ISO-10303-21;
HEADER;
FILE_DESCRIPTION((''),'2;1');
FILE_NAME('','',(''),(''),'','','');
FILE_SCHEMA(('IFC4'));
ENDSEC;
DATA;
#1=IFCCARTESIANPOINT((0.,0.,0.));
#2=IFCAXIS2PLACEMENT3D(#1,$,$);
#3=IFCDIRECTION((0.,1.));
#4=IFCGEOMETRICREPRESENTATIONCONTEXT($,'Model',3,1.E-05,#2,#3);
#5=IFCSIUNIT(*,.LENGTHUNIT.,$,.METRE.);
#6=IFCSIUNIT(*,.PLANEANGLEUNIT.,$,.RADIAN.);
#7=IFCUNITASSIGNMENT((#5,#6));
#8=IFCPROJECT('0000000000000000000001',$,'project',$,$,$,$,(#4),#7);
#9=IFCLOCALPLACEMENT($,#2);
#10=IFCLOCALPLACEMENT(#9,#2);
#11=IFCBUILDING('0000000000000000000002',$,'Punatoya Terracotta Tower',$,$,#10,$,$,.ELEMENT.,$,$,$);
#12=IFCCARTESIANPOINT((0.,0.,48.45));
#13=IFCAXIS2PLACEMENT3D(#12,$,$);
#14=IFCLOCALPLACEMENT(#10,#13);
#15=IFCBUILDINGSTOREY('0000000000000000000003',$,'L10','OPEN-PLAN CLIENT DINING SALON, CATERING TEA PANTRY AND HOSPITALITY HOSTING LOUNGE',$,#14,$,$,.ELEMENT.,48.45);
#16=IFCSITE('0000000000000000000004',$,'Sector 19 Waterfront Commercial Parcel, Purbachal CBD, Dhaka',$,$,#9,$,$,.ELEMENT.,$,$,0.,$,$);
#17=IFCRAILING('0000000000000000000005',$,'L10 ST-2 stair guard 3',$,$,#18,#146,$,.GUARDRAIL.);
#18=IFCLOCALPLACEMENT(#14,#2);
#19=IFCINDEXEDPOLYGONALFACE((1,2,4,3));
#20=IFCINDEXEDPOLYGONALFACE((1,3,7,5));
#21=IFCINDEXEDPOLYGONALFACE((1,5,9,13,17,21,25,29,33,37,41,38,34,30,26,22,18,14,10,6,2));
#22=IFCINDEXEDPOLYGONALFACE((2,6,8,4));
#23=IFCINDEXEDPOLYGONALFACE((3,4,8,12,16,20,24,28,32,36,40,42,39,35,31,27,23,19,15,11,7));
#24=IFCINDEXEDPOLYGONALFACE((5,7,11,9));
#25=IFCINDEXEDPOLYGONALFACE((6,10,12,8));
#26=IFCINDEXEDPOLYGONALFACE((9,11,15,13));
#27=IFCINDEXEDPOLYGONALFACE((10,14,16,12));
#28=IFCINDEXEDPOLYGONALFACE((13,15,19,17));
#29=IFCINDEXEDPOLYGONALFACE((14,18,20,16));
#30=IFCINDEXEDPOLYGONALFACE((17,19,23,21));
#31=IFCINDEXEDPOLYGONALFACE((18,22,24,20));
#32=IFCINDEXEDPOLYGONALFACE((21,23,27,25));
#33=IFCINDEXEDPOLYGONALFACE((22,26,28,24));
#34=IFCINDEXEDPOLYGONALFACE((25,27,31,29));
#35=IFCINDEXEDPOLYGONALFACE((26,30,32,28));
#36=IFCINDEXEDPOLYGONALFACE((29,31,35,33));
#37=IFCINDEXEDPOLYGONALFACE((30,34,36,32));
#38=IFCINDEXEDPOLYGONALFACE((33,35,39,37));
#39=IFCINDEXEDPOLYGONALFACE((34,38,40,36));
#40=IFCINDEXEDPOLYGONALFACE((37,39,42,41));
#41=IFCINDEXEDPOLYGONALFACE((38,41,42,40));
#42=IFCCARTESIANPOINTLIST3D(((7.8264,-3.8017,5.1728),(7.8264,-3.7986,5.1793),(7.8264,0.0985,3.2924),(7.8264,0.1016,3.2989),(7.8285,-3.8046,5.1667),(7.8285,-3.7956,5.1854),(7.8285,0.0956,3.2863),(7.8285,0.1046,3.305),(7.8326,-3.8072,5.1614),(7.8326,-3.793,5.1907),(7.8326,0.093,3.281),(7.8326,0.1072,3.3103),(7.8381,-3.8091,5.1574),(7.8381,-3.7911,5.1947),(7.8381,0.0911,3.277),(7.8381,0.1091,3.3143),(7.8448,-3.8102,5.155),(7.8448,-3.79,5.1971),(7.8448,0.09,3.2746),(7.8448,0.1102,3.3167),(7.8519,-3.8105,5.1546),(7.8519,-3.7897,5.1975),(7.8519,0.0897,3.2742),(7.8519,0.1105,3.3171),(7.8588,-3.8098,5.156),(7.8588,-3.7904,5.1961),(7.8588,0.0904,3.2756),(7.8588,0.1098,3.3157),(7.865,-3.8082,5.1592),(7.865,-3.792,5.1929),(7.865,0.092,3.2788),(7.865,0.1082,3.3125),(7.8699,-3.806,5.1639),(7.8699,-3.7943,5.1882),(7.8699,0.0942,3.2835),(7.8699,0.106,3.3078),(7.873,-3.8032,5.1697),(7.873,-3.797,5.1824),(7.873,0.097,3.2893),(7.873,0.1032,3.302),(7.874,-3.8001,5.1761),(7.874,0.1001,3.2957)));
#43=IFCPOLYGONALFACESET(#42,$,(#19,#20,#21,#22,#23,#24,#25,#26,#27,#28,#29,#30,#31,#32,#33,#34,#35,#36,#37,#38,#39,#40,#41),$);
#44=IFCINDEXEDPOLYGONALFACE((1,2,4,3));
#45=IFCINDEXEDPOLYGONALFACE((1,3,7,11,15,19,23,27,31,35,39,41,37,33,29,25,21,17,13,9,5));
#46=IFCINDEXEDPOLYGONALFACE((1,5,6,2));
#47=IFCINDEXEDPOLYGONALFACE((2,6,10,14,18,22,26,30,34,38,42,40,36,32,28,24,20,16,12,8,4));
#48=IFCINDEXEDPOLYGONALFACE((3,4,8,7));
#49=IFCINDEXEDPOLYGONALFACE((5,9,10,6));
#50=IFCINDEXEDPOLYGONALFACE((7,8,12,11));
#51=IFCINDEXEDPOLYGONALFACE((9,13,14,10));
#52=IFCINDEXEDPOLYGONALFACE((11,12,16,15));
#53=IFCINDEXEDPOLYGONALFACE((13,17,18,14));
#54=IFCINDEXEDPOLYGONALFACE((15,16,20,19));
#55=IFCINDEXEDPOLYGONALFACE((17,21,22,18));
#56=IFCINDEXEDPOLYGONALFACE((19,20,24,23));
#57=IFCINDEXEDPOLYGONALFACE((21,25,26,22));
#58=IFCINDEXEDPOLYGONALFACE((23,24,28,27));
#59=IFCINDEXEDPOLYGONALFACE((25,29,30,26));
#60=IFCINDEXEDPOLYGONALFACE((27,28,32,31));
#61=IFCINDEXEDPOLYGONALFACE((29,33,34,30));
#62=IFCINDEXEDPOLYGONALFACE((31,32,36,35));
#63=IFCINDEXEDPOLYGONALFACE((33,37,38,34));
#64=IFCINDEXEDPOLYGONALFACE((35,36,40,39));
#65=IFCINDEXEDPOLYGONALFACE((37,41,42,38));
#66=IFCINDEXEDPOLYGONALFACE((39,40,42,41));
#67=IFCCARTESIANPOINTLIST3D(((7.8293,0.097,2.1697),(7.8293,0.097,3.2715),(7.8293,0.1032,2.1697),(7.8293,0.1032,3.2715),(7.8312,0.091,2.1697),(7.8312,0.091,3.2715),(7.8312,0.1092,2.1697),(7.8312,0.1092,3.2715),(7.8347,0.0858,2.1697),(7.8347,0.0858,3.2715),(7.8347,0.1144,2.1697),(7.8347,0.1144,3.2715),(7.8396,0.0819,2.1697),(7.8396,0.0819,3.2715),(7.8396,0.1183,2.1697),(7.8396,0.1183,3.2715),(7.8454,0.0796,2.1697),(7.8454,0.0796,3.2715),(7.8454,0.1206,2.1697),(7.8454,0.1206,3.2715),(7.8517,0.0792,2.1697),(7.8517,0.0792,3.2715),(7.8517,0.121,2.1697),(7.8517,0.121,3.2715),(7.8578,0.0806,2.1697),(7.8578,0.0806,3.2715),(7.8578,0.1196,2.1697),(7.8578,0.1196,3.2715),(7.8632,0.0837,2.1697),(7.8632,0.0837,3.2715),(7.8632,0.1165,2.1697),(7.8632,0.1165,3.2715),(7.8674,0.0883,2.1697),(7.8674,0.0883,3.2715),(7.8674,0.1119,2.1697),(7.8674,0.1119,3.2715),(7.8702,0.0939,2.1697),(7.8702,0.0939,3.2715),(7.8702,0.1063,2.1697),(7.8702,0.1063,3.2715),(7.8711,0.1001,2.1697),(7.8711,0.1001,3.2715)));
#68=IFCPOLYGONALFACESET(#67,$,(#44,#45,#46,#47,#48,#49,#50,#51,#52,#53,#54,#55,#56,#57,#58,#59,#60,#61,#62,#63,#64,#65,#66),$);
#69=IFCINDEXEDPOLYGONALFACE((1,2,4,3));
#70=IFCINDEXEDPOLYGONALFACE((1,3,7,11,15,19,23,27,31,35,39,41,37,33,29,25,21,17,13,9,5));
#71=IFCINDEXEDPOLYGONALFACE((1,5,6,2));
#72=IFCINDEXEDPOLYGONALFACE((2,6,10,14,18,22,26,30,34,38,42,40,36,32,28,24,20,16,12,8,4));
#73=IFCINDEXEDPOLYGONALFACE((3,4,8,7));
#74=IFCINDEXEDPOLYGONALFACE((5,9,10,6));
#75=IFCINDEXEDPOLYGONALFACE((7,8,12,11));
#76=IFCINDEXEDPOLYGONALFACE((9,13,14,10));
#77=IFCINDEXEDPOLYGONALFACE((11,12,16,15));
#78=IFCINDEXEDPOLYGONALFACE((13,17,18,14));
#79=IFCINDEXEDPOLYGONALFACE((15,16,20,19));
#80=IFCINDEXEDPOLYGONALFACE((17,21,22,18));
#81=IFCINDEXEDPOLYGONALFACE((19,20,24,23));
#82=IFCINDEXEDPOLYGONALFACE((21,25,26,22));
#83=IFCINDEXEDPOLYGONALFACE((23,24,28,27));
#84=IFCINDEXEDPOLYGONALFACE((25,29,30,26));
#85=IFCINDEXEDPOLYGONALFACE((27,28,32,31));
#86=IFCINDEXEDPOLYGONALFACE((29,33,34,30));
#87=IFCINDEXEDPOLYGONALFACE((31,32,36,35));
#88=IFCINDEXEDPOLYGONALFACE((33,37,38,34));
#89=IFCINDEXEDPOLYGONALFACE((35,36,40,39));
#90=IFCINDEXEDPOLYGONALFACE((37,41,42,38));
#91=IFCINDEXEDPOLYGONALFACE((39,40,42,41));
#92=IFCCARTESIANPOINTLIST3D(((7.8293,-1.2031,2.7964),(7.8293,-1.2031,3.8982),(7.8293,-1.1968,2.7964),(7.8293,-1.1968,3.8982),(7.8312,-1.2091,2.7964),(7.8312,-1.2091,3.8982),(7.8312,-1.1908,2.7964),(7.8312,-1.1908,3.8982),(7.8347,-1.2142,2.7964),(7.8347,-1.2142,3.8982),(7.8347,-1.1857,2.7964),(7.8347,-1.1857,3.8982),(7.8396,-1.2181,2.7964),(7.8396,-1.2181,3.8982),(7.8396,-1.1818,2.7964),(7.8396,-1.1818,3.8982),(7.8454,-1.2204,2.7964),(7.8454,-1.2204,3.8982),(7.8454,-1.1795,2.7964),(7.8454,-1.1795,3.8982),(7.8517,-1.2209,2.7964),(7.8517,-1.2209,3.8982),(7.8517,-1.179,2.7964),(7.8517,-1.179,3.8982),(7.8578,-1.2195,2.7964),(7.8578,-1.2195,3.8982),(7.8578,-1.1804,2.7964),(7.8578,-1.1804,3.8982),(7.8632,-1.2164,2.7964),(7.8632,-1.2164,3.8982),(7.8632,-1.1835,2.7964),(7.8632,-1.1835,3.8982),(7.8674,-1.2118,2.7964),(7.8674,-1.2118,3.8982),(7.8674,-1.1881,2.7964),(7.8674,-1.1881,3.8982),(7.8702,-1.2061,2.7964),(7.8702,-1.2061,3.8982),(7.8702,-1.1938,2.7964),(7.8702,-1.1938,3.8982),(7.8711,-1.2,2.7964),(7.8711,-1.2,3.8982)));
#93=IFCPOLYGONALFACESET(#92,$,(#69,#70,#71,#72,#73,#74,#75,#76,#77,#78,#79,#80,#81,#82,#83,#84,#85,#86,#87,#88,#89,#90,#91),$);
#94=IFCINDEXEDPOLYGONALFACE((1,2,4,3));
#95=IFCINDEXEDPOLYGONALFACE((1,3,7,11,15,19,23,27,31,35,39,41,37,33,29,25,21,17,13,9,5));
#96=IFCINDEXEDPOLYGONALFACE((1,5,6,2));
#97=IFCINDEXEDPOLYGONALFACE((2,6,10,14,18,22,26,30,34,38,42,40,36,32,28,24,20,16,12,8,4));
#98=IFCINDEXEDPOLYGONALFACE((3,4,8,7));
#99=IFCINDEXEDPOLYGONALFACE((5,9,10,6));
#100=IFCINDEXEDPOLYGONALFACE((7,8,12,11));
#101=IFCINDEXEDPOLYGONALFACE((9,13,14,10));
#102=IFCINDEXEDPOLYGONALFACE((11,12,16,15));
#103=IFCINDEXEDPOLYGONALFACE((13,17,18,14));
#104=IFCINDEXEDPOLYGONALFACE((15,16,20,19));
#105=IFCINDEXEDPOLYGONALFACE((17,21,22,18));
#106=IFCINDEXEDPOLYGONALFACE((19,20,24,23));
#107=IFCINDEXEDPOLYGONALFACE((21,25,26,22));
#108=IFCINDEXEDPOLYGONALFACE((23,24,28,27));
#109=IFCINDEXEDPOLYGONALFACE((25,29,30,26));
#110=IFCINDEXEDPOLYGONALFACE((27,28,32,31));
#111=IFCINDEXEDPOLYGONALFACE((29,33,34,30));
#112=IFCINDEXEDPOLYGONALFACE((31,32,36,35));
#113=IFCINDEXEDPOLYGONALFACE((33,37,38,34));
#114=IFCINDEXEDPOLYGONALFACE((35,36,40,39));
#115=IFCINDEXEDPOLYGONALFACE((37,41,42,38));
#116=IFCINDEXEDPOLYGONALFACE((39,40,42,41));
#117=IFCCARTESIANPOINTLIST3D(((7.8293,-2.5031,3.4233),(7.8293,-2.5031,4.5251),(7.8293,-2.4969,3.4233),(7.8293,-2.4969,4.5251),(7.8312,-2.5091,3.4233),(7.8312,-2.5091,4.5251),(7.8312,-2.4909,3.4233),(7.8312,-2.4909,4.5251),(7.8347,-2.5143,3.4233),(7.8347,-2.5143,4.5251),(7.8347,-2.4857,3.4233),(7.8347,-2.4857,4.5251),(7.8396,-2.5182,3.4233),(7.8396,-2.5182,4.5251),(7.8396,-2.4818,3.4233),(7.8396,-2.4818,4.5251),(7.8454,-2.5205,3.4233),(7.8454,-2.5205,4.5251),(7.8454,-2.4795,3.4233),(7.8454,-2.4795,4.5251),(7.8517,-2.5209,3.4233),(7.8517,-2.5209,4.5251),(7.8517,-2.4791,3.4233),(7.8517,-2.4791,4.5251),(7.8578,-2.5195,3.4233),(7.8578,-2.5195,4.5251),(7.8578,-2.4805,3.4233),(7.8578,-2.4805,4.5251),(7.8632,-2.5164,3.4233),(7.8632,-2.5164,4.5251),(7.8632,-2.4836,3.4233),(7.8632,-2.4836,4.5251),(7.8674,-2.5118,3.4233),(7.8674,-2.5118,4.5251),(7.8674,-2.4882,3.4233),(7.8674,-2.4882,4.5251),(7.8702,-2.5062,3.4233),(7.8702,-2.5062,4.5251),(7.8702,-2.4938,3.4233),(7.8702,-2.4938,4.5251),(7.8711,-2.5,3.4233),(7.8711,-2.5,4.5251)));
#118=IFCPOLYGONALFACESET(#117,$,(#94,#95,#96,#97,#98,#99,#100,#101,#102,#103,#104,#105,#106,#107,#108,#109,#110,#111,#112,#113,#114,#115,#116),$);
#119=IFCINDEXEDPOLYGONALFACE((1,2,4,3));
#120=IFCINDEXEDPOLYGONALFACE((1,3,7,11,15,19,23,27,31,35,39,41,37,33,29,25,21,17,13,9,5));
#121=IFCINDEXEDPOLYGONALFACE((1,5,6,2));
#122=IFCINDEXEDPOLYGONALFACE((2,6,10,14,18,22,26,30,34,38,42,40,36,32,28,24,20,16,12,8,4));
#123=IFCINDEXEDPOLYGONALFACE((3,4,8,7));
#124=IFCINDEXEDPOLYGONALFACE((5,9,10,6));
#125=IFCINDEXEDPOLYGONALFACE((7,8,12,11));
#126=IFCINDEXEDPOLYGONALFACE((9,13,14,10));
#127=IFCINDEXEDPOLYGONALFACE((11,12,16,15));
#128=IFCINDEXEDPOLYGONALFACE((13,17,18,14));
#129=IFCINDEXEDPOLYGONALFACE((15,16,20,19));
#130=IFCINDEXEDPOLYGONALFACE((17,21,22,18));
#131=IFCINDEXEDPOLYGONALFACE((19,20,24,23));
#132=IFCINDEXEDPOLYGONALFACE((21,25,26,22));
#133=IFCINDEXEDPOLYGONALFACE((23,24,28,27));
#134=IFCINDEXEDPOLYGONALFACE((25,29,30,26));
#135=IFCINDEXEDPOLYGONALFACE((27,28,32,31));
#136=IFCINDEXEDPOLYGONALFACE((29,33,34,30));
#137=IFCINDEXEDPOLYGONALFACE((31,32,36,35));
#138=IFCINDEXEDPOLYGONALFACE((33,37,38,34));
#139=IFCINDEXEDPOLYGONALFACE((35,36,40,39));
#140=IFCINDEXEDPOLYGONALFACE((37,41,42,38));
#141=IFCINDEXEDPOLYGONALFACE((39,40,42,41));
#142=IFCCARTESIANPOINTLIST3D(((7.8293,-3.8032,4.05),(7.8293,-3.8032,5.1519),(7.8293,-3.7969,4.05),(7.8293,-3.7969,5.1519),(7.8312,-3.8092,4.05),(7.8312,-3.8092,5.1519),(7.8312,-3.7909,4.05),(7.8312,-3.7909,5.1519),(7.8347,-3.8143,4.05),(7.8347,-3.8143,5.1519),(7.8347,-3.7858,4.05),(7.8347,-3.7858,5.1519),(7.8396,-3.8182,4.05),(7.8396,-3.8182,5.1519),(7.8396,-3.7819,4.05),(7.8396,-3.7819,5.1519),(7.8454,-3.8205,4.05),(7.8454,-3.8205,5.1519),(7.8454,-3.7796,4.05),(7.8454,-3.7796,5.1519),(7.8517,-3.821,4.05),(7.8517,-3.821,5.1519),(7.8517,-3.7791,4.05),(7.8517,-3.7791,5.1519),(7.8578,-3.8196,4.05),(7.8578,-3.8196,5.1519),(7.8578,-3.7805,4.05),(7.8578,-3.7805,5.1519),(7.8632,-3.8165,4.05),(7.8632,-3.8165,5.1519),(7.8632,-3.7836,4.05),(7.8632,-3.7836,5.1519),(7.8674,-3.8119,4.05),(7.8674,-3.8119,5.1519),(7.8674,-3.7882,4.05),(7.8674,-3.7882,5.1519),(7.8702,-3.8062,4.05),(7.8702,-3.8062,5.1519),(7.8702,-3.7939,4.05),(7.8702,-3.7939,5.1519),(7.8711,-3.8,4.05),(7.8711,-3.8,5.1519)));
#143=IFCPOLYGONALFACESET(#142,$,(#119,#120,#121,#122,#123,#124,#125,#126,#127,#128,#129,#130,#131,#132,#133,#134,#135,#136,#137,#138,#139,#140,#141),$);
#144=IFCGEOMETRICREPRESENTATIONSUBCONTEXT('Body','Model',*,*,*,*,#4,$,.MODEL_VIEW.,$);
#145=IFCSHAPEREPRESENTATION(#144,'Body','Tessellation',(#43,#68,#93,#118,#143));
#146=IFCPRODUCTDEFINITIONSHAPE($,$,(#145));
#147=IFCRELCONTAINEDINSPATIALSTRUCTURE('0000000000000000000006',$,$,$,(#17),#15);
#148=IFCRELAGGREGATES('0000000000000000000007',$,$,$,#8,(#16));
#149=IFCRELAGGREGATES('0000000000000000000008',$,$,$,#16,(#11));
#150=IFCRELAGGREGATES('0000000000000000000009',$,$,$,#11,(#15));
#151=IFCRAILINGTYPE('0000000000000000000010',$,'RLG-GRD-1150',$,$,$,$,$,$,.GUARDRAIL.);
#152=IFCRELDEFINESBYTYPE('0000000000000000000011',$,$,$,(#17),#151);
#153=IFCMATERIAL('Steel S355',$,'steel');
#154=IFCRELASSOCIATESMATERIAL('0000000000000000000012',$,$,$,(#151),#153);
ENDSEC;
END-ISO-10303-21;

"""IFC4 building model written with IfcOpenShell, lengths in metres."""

from ifc_helpers import new_model, si_unit, direction, frame, origin, origin_2d, place, context, subcontext, project, spatial, circle, extrude, material, type_object, element, save


model = new_model("IFC4")

# Units and contexts
model_context = context("Model", 3, precision=1e-05, world=origin(), true_north=direction((0.0, 1.0)))
body_context = subcontext(model_context, "Body", "Model", "MODEL_VIEW")
ifc_project = project(units=[si_unit("LENGTHUNIT", "METRE"), si_unit("PLANEANGLEUNIT", "RADIAN")], contexts=[model_context])

# Site, building, storey
site_placement = place(None, origin())
site = spatial("IfcSite", under=ifc_project, at=site_placement, Name="Sector 19 Waterfront Commercial Parcel, Purbachal CBD, Dhaka", CompositionType="ELEMENT", RefElevation=0.0)
building_placement = place(site_placement, origin())
building = spatial("IfcBuilding", under=site, at=building_placement, Name="Punatoya Terracotta Tower", CompositionType="ELEMENT")
storey_placement = place(building_placement, frame((0.0, 0.0, 48.45)))
storey = spatial("IfcBuildingStorey", under=building, at=storey_placement, Name="L10", Description="OPEN-PLAN CLIENT DINING SALON, CATERING TEA PANTRY AND HOSPITALITY HOSTING LOUNGE", CompositionType="ELEMENT", Elevation=48.45)

# Shared definitions
ifc_material_1 = material(Name="Steel S355", Category="steel")

# Railing
railing_type_1 = type_object("IfcRailingType", Name="RLG-GRD-1150", PredefinedType="GUARDRAIL", material=ifc_material_1)
railing_1_placement = place(storey_placement, frame((7.8501, 0.1001, 2.1697)))
element("IfcRailing", 1, at=railing_1_placement, inside=storey, type_object=railing_type_1, Name="L10 ST-2 stair guard 3", PredefinedType="GUARDRAIL", context=body_context, shape_type="SweptSolid", body=[
    extrude(circle(Radius=0.0239, at=origin_2d()), frame((0.0, 0.0, 1.126), z_axis=(0.0, -0.900774, 0.434289), x_axis=(1.0, 0.0, 0.0)), (0.0, 0.0, 1.0), 4.3298),
    extrude(circle(Radius=0.021, at=origin_2d()), origin(), (0.0, 0.0, 1.0), 1.1018),
    extrude(circle(Radius=0.021, at=origin_2d()), frame((0.0, -1.3, 0.6267)), (0.0, 0.0, 1.0), 1.1018),
    extrude(circle(Radius=0.021, at=origin_2d()), frame((0.0, -2.6001, 1.2537)), (0.0, 0.0, 1.0), 1.1018),
    extrude(circle(Radius=0.021, at=origin_2d()), frame((0.0, -3.9001, 1.8804)), (0.0, 0.0, 1.0), 1.1018),
])

save(model, "model.ifc")
